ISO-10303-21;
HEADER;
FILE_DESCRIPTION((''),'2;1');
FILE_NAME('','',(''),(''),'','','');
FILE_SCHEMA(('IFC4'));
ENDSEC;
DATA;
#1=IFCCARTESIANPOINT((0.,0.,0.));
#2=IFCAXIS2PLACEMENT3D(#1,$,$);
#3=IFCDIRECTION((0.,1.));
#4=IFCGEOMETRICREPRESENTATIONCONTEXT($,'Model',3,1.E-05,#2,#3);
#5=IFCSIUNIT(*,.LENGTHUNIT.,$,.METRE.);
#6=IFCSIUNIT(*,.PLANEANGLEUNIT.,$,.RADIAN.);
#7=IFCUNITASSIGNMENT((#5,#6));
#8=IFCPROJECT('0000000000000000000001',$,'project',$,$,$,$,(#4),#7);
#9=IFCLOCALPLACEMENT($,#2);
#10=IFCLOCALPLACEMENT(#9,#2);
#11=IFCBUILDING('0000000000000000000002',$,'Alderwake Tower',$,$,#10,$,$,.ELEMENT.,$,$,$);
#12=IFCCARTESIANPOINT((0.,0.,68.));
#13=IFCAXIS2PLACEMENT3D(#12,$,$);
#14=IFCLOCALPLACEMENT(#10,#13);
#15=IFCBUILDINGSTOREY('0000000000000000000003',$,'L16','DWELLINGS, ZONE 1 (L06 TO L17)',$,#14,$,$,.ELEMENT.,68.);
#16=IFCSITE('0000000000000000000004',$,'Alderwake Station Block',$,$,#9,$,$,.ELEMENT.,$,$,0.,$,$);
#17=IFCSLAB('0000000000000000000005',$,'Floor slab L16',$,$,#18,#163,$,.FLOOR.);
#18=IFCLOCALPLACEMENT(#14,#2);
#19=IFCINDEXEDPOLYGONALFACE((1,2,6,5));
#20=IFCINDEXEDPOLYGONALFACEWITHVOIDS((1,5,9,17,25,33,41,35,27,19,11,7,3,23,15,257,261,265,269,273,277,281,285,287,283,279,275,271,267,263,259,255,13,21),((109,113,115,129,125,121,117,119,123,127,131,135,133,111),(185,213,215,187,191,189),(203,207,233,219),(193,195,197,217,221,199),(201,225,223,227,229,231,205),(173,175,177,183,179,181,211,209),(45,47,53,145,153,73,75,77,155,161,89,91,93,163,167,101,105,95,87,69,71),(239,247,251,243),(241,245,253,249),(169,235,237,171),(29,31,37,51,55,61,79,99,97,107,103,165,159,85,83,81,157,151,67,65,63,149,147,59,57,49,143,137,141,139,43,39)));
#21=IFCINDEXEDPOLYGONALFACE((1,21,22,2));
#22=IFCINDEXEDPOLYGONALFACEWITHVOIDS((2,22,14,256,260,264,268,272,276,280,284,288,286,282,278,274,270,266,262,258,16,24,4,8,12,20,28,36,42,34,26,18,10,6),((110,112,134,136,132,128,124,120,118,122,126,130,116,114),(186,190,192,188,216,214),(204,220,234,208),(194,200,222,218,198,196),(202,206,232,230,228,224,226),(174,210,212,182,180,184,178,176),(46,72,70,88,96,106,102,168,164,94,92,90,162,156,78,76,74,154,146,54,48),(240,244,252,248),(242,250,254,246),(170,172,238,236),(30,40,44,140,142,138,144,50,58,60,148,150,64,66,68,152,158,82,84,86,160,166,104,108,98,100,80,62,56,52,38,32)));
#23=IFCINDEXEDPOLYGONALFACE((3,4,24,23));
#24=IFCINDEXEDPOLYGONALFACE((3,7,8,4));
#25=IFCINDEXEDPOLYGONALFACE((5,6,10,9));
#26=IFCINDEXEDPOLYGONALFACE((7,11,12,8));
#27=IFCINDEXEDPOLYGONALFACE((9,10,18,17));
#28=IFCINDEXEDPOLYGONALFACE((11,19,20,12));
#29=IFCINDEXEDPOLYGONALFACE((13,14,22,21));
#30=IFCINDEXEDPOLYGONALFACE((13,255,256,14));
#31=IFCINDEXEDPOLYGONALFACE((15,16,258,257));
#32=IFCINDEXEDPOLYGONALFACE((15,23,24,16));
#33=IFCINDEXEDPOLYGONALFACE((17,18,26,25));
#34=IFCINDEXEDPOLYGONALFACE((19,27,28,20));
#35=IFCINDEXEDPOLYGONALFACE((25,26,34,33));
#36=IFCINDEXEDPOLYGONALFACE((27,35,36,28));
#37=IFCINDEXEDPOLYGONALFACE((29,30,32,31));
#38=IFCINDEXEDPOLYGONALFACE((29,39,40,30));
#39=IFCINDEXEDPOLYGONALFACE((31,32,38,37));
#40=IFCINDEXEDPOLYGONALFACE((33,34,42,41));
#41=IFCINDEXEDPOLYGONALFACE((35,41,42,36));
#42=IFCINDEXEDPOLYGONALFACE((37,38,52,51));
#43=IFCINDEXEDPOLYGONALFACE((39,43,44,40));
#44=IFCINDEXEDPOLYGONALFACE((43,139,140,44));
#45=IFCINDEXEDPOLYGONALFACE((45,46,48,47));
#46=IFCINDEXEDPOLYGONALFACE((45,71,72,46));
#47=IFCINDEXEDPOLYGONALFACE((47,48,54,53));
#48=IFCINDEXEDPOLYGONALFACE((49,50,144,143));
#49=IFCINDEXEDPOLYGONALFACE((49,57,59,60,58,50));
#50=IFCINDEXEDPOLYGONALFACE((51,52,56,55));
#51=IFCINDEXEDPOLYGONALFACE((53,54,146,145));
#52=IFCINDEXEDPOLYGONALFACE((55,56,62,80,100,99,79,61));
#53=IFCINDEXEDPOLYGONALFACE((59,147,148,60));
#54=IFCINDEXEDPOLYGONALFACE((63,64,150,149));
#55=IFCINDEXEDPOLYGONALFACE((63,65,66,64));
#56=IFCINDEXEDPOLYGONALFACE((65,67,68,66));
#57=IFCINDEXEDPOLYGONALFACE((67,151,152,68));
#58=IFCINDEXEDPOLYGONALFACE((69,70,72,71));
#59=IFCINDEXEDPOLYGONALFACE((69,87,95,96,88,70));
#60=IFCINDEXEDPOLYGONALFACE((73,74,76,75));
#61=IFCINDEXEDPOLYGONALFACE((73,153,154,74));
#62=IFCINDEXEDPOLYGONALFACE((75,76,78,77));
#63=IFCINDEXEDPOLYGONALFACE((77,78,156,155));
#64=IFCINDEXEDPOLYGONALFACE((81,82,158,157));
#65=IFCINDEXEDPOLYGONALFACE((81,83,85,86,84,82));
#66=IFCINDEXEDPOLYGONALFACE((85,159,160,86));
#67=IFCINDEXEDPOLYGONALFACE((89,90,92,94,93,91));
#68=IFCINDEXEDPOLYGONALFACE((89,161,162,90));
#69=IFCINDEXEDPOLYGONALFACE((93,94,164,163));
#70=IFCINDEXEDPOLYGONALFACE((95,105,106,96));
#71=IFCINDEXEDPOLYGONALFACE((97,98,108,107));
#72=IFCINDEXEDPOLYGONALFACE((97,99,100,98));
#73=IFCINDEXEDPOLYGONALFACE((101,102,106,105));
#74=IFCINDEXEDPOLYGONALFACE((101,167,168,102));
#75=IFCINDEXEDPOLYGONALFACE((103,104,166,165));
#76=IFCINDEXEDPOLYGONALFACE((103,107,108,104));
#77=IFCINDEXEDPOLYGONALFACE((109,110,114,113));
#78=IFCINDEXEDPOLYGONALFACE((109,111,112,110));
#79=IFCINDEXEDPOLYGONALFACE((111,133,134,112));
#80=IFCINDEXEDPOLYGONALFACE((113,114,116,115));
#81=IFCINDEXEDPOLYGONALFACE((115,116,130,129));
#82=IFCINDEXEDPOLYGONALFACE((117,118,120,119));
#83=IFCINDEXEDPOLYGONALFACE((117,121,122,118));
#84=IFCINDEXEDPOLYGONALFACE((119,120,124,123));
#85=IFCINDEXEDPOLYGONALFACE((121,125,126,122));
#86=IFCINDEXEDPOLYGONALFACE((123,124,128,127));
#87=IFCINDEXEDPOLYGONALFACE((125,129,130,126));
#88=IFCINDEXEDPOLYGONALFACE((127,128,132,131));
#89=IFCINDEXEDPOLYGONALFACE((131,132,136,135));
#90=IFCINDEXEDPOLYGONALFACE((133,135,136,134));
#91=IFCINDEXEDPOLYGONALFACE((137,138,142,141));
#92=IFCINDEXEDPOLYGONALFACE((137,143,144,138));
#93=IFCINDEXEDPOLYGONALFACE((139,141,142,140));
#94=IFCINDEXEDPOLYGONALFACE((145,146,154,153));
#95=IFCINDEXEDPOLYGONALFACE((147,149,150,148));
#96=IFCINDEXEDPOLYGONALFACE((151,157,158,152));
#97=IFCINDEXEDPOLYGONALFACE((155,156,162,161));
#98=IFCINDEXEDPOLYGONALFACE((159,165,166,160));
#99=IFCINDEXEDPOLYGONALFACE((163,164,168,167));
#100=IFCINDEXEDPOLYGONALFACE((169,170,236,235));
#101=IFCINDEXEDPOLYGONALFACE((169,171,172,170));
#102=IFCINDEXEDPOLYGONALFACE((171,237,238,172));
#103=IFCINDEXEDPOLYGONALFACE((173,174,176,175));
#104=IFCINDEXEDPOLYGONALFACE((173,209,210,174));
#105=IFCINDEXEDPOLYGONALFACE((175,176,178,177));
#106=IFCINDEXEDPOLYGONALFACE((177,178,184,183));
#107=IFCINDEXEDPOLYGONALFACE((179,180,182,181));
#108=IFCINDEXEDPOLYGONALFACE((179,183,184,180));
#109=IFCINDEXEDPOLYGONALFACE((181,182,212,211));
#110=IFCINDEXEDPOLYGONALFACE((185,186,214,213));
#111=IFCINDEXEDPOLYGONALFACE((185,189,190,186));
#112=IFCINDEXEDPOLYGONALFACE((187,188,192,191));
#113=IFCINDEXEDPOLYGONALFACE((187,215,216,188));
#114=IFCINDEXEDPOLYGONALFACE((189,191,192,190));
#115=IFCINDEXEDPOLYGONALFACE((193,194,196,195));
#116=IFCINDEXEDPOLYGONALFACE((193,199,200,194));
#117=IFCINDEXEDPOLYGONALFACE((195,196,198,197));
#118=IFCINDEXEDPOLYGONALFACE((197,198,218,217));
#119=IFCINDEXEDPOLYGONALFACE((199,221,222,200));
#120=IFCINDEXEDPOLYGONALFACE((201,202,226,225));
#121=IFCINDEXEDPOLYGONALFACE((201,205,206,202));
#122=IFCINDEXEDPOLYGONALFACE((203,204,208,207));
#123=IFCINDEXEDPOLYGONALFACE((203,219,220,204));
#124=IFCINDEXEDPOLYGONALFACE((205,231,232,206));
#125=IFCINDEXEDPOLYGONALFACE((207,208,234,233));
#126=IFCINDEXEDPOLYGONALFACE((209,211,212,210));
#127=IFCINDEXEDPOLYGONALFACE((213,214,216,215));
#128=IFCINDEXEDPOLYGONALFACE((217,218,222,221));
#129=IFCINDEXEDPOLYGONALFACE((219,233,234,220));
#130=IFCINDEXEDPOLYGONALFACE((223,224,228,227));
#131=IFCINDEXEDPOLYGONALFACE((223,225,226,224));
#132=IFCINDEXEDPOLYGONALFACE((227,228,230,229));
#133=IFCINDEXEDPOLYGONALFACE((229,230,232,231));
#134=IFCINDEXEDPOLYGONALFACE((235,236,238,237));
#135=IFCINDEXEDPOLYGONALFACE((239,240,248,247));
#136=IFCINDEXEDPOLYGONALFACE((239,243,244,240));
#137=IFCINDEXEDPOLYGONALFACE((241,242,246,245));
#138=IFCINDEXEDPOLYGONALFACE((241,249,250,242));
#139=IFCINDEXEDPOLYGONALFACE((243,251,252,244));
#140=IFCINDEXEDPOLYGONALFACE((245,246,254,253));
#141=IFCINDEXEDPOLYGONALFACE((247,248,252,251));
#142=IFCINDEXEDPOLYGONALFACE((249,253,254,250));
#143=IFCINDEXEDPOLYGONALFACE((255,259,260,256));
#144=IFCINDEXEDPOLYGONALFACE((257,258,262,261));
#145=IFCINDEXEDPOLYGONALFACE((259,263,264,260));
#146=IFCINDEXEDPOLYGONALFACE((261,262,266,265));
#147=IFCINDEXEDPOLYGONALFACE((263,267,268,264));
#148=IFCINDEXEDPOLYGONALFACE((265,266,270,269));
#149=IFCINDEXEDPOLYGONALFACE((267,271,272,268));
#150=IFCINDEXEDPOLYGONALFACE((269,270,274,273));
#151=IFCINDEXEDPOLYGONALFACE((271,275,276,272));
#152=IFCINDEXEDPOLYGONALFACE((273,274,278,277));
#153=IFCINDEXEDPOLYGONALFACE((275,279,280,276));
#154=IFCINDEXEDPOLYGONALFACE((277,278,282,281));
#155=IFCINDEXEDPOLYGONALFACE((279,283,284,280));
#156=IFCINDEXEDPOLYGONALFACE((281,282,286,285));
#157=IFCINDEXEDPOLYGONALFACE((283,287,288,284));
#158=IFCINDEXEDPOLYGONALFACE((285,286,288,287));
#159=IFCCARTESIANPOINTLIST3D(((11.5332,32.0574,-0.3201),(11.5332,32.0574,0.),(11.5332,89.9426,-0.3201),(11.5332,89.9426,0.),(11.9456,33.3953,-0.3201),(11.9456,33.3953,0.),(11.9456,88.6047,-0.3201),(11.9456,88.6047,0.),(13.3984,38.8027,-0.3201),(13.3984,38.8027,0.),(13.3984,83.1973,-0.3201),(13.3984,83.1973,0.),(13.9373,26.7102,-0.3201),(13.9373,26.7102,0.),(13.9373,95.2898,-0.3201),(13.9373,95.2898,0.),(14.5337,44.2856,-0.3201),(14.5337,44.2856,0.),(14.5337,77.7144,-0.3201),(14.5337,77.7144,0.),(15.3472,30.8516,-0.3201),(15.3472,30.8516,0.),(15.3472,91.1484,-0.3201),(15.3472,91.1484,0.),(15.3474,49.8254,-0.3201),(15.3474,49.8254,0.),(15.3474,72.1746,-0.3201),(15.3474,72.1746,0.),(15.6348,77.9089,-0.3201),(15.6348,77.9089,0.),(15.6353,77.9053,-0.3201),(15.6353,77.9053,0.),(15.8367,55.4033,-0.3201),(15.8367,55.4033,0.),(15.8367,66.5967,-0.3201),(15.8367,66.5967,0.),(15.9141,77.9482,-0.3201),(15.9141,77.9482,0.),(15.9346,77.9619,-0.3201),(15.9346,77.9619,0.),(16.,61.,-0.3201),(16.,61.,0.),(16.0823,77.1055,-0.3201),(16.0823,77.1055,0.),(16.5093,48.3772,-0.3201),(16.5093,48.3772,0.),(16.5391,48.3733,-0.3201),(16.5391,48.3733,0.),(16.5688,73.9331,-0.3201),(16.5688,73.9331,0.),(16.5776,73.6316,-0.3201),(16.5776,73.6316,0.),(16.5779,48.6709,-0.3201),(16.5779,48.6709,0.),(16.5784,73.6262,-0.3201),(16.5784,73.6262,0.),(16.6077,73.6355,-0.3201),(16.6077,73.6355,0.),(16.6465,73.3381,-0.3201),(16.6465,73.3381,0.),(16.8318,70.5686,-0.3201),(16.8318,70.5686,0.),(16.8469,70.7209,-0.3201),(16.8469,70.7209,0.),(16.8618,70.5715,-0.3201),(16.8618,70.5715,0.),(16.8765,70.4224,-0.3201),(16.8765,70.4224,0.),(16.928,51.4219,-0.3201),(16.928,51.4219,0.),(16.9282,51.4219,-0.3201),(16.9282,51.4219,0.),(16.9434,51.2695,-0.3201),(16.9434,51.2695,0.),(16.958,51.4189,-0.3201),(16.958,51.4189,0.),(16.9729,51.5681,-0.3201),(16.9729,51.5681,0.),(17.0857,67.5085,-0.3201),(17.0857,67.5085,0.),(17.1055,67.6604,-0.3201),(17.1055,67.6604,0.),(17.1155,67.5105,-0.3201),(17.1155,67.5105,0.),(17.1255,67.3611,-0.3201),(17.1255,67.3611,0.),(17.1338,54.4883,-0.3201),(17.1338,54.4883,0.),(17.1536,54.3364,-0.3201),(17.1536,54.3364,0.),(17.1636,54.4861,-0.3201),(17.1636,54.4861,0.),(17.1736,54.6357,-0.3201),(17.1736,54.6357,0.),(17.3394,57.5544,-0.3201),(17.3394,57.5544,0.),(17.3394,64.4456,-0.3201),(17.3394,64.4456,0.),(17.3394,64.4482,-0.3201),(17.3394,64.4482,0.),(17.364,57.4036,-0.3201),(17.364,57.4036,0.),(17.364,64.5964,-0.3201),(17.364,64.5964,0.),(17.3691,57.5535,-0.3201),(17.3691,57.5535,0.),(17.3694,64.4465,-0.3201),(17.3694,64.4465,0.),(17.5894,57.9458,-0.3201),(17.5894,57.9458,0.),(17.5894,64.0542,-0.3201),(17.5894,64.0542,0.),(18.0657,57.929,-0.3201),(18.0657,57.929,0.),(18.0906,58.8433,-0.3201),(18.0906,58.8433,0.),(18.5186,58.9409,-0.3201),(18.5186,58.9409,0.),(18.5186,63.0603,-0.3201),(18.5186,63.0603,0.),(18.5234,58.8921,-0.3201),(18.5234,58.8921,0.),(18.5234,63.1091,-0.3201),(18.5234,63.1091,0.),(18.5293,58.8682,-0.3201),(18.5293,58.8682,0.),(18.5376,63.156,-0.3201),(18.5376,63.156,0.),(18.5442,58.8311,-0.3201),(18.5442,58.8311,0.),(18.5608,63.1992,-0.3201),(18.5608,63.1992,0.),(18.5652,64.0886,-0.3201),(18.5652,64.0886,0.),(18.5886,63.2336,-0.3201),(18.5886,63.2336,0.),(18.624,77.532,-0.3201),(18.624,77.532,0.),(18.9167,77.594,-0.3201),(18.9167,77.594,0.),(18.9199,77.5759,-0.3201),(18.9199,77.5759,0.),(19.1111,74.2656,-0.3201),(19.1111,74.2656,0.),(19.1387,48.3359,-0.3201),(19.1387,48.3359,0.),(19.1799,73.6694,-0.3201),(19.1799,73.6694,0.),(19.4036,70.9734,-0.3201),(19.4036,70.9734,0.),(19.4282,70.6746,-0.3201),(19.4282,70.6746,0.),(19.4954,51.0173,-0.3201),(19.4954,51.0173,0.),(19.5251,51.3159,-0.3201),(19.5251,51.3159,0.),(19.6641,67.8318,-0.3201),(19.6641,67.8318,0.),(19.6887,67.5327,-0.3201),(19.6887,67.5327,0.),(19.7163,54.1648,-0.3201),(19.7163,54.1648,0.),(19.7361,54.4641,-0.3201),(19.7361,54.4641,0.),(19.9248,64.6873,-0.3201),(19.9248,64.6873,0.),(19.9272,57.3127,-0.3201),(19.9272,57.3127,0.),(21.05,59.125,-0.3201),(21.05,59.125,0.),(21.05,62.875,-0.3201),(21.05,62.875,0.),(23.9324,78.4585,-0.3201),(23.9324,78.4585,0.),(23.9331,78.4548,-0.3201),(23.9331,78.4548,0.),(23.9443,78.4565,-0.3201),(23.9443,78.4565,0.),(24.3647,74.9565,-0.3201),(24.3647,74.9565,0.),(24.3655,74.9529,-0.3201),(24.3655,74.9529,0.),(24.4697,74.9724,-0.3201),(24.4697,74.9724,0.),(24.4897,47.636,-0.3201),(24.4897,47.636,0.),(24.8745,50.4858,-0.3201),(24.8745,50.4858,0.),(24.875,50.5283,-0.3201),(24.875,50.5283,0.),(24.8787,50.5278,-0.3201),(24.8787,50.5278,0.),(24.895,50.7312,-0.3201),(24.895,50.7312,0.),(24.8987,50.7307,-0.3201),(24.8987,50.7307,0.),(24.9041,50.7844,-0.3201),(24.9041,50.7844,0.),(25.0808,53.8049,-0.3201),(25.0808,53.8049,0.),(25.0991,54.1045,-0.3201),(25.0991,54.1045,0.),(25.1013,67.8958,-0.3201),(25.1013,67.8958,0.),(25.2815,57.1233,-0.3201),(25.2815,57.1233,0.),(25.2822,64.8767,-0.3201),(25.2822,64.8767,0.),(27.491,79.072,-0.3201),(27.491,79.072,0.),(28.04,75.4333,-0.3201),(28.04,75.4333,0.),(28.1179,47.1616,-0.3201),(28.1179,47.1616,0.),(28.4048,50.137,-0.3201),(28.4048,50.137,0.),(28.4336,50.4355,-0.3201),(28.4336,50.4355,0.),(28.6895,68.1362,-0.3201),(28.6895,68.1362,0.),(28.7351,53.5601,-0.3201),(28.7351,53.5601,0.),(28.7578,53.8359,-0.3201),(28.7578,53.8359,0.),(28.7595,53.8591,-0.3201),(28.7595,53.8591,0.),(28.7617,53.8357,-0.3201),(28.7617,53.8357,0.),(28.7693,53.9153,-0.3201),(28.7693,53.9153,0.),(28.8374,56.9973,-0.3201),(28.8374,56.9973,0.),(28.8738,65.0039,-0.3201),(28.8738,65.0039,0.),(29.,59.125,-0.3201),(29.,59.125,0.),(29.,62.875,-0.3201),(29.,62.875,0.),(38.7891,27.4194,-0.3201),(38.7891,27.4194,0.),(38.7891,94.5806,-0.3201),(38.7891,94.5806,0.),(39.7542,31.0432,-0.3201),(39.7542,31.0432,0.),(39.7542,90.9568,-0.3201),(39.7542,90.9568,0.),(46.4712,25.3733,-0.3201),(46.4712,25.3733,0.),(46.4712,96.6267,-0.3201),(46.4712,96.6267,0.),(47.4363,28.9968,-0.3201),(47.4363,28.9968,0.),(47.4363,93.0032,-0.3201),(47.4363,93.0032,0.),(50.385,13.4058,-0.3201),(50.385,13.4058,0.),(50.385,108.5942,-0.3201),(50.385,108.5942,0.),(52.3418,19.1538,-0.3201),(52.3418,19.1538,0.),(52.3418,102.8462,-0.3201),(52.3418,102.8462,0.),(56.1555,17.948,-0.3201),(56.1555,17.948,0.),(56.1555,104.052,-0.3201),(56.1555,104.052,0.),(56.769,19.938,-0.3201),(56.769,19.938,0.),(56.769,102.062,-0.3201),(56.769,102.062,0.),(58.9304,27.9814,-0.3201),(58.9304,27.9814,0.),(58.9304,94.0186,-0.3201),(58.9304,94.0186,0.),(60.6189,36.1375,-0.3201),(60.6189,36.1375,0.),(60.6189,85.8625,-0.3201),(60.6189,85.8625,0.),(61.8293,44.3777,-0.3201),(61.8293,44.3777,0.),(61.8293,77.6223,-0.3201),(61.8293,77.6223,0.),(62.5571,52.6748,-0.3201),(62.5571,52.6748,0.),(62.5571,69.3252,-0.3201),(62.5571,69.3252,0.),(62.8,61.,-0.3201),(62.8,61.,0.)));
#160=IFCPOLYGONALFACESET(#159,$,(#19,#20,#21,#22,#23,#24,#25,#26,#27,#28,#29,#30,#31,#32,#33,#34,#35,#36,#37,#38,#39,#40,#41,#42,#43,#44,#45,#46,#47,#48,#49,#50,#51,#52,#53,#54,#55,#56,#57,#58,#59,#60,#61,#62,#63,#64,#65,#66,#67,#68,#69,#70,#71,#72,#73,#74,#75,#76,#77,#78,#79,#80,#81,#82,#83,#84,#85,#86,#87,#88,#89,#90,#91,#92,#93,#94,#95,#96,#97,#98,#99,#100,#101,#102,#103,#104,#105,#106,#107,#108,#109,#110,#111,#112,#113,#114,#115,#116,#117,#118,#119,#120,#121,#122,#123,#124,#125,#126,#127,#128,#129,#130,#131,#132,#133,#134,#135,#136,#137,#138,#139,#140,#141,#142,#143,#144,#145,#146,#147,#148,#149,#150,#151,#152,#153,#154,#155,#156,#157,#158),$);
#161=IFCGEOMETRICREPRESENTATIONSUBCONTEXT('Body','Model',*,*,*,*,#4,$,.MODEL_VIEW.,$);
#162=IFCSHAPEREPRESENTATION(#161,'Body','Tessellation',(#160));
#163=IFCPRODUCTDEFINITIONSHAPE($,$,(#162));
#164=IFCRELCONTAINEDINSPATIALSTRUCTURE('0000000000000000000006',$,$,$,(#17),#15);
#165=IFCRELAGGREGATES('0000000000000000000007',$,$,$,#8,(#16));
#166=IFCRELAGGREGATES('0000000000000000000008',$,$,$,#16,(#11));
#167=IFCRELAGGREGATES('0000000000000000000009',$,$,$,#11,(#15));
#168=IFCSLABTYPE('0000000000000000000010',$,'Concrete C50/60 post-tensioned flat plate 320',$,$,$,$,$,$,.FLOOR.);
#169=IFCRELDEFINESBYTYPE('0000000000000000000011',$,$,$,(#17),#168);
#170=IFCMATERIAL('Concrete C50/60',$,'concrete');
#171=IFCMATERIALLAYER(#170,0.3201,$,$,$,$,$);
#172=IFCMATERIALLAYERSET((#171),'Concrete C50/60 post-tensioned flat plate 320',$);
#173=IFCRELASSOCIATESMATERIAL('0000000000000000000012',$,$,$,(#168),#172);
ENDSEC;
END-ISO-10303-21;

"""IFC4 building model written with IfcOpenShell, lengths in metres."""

from ifc_helpers import new_model, si_unit, direction, frame, origin, place, context, subcontext, project, spatial, polyline, outline, extrude, material, layer, layer_set, type_object, element, save


model = new_model("IFC4")

# Units and contexts
model_context = context("Model", 3, precision=1e-05, world=origin(), true_north=direction((0.0, 1.0)))
body_context = subcontext(model_context, "Body", "Model", "MODEL_VIEW")
ifc_project = project(units=[si_unit("LENGTHUNIT", "METRE"), si_unit("PLANEANGLEUNIT", "RADIAN")], contexts=[model_context])

# Site, building, storey
site_placement = place(None, origin())
site = spatial("IfcSite", under=ifc_project, at=site_placement, Name="Alderwake Station Block", CompositionType="ELEMENT", RefElevation=0.0)
building_placement = place(site_placement, origin())
building = spatial("IfcBuilding", under=site, at=building_placement, Name="Alderwake Tower", CompositionType="ELEMENT")
storey_placement = place(building_placement, frame((0.0, 0.0, 68.0)))
storey = spatial("IfcBuildingStorey", under=building, at=storey_placement, Name="L16", Description="DWELLINGS, ZONE 1 (L06 TO L17)", CompositionType="ELEMENT", Elevation=68.0)

# Slab
ifc_material_1 = material(Name="Concrete C50/60", Category="concrete")
ifc_layer_1 = layer(ifc_material_1, 0.3201)
ifc_layer_set_1 = layer_set([ifc_layer_1], Name="Concrete C50/60 post-tensioned flat plate 320")
slab_type_1 = type_object("IfcSlabType", Name="Concrete C50/60 post-tensioned flat plate 320", PredefinedType="FLOOR", material=ifc_layer_set_1)
slab_1_placement = place(storey_placement, frame((0.0, 0.0, -0.3201)))
element("IfcSlab", 1, at=slab_1_placement, inside=storey, type_object=slab_type_1, Name="Floor slab L16", PredefinedType="FLOOR", context=body_context, shape_type="SweptSolid", body=[
    extrude(outline(polyline([(11.5332, 32.0574), (11.9456, 33.3953), (13.3984, 38.8027), (14.5337, 44.2856), (15.3474, 49.8254), (15.8367, 55.4033), (16.0, 61.0), (15.8367, 66.5967), (15.3474, 72.1746), (14.5337, 77.7144), (13.3984, 83.1973), (11.9456, 88.6047), (11.5332, 89.9426), (15.3472, 91.1484), (13.9373, 95.2898), (50.385, 108.5942), (52.3418, 102.8462), (56.1555, 104.052), (56.769, 102.062), (58.9304, 94.0186), (60.6189, 85.8625), (61.8293, 77.6223), (62.5571, 69.3252), (62.8, 61.0), (62.5571, 52.6748), (61.8293, 44.3777), (60.6189, 36.1375), (58.9304, 27.9814), (56.769, 19.938), (56.1555, 17.948), (52.3418, 19.1538), (50.385, 13.4058), (13.9373, 26.7102), (15.3472, 30.8516), (11.5332, 32.0574)]), holes=[polyline([(16.9434, 51.2695), (16.958, 51.4189), (16.9729, 51.5681), (19.5251, 51.3159), (19.7163, 54.1648), (17.1536, 54.3364), (17.1636, 54.4861), (17.1736, 54.6357), (19.7361, 54.4641), (19.9272, 57.3127), (17.364, 57.4036), (17.3691, 57.5535), (17.3394, 57.5544), (17.1338, 54.4883), (16.928, 51.4219), (16.9282, 51.4219), (16.5093, 48.3772), (16.5391, 48.3733), (16.5779, 48.6709), (19.1387, 48.3359), (19.4954, 51.0173), (16.9434, 51.2695)]), polyline([(29.0, 62.875), (21.05, 62.875), (21.05, 59.125), (29.0, 59.125), (29.0, 62.875)]), polyline([(19.6887, 67.5327), (17.1255, 67.3611), (17.1155, 67.5105), (17.1055, 67.6604), (19.6641, 67.8318), (19.4282, 70.6746), (16.8765, 70.4224), (16.8618, 70.5715), (16.8469, 70.7209), (19.4036, 70.9734), (19.1799, 73.6694), (16.6465, 73.3381), (16.6077, 73.6355), (16.5688, 73.9331), (19.1111, 74.2656), (18.624, 77.532), (18.9199, 77.5759), (18.9167, 77.594), (16.0823, 77.1055), (15.9346, 77.9619), (15.6348, 77.9089), (15.6353, 77.9053), (15.9141, 77.9482), (16.5776, 73.6316), (16.5784, 73.6262), (16.8318, 70.5686), (17.0857, 67.5085), (17.3394, 64.4482), (17.3394, 64.4456), (17.3694, 64.4465), (17.364, 64.5964), (19.9248, 64.6873), (19.6887, 67.5327)]), polyline([(47.4363, 28.9968), (39.7542, 31.0432), (38.7891, 27.4194), (46.4712, 25.3733), (47.4363, 28.9968)]), polyline([(24.8745, 50.4858), (24.8787, 50.5278), (24.875, 50.5283), (24.4897, 47.636), (28.1179, 47.1616), (28.4048, 50.137), (24.8745, 50.4858)]), polyline([(25.0808, 53.8049), (24.895, 50.7312), (24.8987, 50.7307), (24.9041, 50.7844), (28.4336, 50.4355), (28.7351, 53.5601), (25.0808, 53.8049)]), polyline([(28.8374, 56.9973), (25.2815, 57.1233), (25.0991, 54.1045), (28.7595, 53.8591), (28.7578, 53.8359), (28.7617, 53.8357), (28.7693, 53.9153), (28.8374, 56.9973)]), polyline([(28.8738, 65.0039), (28.6895, 68.1362), (25.1013, 67.8958), (25.2822, 64.8767), (28.8738, 65.0039)]), polyline([(27.491, 79.072), (23.9324, 78.4585), (23.9331, 78.4548), (23.9443, 78.4565), (24.4697, 74.9724), (24.3647, 74.9565), (24.3655, 74.9529), (28.04, 75.4333), (27.491, 79.072)]), polyline([(46.4712, 96.6267), (38.7891, 94.5806), (39.7542, 90.9568), (47.4363, 93.0032), (46.4712, 96.6267)]), polyline([(17.5894, 64.0542), (17.5894, 57.9458), (18.0657, 57.929), (18.0906, 58.8433), (18.5442, 58.8311), (18.5293, 58.8682), (18.5234, 58.8921), (18.5186, 58.9409), (18.5186, 63.0603), (18.5234, 63.1091), (18.5376, 63.156), (18.5608, 63.1992), (18.5886, 63.2336), (18.5652, 64.0886), (17.5894, 64.0542)])]), origin(), (0.0, 0.0, 1.0), 0.3201),
])

save(model, "model.ifc")
